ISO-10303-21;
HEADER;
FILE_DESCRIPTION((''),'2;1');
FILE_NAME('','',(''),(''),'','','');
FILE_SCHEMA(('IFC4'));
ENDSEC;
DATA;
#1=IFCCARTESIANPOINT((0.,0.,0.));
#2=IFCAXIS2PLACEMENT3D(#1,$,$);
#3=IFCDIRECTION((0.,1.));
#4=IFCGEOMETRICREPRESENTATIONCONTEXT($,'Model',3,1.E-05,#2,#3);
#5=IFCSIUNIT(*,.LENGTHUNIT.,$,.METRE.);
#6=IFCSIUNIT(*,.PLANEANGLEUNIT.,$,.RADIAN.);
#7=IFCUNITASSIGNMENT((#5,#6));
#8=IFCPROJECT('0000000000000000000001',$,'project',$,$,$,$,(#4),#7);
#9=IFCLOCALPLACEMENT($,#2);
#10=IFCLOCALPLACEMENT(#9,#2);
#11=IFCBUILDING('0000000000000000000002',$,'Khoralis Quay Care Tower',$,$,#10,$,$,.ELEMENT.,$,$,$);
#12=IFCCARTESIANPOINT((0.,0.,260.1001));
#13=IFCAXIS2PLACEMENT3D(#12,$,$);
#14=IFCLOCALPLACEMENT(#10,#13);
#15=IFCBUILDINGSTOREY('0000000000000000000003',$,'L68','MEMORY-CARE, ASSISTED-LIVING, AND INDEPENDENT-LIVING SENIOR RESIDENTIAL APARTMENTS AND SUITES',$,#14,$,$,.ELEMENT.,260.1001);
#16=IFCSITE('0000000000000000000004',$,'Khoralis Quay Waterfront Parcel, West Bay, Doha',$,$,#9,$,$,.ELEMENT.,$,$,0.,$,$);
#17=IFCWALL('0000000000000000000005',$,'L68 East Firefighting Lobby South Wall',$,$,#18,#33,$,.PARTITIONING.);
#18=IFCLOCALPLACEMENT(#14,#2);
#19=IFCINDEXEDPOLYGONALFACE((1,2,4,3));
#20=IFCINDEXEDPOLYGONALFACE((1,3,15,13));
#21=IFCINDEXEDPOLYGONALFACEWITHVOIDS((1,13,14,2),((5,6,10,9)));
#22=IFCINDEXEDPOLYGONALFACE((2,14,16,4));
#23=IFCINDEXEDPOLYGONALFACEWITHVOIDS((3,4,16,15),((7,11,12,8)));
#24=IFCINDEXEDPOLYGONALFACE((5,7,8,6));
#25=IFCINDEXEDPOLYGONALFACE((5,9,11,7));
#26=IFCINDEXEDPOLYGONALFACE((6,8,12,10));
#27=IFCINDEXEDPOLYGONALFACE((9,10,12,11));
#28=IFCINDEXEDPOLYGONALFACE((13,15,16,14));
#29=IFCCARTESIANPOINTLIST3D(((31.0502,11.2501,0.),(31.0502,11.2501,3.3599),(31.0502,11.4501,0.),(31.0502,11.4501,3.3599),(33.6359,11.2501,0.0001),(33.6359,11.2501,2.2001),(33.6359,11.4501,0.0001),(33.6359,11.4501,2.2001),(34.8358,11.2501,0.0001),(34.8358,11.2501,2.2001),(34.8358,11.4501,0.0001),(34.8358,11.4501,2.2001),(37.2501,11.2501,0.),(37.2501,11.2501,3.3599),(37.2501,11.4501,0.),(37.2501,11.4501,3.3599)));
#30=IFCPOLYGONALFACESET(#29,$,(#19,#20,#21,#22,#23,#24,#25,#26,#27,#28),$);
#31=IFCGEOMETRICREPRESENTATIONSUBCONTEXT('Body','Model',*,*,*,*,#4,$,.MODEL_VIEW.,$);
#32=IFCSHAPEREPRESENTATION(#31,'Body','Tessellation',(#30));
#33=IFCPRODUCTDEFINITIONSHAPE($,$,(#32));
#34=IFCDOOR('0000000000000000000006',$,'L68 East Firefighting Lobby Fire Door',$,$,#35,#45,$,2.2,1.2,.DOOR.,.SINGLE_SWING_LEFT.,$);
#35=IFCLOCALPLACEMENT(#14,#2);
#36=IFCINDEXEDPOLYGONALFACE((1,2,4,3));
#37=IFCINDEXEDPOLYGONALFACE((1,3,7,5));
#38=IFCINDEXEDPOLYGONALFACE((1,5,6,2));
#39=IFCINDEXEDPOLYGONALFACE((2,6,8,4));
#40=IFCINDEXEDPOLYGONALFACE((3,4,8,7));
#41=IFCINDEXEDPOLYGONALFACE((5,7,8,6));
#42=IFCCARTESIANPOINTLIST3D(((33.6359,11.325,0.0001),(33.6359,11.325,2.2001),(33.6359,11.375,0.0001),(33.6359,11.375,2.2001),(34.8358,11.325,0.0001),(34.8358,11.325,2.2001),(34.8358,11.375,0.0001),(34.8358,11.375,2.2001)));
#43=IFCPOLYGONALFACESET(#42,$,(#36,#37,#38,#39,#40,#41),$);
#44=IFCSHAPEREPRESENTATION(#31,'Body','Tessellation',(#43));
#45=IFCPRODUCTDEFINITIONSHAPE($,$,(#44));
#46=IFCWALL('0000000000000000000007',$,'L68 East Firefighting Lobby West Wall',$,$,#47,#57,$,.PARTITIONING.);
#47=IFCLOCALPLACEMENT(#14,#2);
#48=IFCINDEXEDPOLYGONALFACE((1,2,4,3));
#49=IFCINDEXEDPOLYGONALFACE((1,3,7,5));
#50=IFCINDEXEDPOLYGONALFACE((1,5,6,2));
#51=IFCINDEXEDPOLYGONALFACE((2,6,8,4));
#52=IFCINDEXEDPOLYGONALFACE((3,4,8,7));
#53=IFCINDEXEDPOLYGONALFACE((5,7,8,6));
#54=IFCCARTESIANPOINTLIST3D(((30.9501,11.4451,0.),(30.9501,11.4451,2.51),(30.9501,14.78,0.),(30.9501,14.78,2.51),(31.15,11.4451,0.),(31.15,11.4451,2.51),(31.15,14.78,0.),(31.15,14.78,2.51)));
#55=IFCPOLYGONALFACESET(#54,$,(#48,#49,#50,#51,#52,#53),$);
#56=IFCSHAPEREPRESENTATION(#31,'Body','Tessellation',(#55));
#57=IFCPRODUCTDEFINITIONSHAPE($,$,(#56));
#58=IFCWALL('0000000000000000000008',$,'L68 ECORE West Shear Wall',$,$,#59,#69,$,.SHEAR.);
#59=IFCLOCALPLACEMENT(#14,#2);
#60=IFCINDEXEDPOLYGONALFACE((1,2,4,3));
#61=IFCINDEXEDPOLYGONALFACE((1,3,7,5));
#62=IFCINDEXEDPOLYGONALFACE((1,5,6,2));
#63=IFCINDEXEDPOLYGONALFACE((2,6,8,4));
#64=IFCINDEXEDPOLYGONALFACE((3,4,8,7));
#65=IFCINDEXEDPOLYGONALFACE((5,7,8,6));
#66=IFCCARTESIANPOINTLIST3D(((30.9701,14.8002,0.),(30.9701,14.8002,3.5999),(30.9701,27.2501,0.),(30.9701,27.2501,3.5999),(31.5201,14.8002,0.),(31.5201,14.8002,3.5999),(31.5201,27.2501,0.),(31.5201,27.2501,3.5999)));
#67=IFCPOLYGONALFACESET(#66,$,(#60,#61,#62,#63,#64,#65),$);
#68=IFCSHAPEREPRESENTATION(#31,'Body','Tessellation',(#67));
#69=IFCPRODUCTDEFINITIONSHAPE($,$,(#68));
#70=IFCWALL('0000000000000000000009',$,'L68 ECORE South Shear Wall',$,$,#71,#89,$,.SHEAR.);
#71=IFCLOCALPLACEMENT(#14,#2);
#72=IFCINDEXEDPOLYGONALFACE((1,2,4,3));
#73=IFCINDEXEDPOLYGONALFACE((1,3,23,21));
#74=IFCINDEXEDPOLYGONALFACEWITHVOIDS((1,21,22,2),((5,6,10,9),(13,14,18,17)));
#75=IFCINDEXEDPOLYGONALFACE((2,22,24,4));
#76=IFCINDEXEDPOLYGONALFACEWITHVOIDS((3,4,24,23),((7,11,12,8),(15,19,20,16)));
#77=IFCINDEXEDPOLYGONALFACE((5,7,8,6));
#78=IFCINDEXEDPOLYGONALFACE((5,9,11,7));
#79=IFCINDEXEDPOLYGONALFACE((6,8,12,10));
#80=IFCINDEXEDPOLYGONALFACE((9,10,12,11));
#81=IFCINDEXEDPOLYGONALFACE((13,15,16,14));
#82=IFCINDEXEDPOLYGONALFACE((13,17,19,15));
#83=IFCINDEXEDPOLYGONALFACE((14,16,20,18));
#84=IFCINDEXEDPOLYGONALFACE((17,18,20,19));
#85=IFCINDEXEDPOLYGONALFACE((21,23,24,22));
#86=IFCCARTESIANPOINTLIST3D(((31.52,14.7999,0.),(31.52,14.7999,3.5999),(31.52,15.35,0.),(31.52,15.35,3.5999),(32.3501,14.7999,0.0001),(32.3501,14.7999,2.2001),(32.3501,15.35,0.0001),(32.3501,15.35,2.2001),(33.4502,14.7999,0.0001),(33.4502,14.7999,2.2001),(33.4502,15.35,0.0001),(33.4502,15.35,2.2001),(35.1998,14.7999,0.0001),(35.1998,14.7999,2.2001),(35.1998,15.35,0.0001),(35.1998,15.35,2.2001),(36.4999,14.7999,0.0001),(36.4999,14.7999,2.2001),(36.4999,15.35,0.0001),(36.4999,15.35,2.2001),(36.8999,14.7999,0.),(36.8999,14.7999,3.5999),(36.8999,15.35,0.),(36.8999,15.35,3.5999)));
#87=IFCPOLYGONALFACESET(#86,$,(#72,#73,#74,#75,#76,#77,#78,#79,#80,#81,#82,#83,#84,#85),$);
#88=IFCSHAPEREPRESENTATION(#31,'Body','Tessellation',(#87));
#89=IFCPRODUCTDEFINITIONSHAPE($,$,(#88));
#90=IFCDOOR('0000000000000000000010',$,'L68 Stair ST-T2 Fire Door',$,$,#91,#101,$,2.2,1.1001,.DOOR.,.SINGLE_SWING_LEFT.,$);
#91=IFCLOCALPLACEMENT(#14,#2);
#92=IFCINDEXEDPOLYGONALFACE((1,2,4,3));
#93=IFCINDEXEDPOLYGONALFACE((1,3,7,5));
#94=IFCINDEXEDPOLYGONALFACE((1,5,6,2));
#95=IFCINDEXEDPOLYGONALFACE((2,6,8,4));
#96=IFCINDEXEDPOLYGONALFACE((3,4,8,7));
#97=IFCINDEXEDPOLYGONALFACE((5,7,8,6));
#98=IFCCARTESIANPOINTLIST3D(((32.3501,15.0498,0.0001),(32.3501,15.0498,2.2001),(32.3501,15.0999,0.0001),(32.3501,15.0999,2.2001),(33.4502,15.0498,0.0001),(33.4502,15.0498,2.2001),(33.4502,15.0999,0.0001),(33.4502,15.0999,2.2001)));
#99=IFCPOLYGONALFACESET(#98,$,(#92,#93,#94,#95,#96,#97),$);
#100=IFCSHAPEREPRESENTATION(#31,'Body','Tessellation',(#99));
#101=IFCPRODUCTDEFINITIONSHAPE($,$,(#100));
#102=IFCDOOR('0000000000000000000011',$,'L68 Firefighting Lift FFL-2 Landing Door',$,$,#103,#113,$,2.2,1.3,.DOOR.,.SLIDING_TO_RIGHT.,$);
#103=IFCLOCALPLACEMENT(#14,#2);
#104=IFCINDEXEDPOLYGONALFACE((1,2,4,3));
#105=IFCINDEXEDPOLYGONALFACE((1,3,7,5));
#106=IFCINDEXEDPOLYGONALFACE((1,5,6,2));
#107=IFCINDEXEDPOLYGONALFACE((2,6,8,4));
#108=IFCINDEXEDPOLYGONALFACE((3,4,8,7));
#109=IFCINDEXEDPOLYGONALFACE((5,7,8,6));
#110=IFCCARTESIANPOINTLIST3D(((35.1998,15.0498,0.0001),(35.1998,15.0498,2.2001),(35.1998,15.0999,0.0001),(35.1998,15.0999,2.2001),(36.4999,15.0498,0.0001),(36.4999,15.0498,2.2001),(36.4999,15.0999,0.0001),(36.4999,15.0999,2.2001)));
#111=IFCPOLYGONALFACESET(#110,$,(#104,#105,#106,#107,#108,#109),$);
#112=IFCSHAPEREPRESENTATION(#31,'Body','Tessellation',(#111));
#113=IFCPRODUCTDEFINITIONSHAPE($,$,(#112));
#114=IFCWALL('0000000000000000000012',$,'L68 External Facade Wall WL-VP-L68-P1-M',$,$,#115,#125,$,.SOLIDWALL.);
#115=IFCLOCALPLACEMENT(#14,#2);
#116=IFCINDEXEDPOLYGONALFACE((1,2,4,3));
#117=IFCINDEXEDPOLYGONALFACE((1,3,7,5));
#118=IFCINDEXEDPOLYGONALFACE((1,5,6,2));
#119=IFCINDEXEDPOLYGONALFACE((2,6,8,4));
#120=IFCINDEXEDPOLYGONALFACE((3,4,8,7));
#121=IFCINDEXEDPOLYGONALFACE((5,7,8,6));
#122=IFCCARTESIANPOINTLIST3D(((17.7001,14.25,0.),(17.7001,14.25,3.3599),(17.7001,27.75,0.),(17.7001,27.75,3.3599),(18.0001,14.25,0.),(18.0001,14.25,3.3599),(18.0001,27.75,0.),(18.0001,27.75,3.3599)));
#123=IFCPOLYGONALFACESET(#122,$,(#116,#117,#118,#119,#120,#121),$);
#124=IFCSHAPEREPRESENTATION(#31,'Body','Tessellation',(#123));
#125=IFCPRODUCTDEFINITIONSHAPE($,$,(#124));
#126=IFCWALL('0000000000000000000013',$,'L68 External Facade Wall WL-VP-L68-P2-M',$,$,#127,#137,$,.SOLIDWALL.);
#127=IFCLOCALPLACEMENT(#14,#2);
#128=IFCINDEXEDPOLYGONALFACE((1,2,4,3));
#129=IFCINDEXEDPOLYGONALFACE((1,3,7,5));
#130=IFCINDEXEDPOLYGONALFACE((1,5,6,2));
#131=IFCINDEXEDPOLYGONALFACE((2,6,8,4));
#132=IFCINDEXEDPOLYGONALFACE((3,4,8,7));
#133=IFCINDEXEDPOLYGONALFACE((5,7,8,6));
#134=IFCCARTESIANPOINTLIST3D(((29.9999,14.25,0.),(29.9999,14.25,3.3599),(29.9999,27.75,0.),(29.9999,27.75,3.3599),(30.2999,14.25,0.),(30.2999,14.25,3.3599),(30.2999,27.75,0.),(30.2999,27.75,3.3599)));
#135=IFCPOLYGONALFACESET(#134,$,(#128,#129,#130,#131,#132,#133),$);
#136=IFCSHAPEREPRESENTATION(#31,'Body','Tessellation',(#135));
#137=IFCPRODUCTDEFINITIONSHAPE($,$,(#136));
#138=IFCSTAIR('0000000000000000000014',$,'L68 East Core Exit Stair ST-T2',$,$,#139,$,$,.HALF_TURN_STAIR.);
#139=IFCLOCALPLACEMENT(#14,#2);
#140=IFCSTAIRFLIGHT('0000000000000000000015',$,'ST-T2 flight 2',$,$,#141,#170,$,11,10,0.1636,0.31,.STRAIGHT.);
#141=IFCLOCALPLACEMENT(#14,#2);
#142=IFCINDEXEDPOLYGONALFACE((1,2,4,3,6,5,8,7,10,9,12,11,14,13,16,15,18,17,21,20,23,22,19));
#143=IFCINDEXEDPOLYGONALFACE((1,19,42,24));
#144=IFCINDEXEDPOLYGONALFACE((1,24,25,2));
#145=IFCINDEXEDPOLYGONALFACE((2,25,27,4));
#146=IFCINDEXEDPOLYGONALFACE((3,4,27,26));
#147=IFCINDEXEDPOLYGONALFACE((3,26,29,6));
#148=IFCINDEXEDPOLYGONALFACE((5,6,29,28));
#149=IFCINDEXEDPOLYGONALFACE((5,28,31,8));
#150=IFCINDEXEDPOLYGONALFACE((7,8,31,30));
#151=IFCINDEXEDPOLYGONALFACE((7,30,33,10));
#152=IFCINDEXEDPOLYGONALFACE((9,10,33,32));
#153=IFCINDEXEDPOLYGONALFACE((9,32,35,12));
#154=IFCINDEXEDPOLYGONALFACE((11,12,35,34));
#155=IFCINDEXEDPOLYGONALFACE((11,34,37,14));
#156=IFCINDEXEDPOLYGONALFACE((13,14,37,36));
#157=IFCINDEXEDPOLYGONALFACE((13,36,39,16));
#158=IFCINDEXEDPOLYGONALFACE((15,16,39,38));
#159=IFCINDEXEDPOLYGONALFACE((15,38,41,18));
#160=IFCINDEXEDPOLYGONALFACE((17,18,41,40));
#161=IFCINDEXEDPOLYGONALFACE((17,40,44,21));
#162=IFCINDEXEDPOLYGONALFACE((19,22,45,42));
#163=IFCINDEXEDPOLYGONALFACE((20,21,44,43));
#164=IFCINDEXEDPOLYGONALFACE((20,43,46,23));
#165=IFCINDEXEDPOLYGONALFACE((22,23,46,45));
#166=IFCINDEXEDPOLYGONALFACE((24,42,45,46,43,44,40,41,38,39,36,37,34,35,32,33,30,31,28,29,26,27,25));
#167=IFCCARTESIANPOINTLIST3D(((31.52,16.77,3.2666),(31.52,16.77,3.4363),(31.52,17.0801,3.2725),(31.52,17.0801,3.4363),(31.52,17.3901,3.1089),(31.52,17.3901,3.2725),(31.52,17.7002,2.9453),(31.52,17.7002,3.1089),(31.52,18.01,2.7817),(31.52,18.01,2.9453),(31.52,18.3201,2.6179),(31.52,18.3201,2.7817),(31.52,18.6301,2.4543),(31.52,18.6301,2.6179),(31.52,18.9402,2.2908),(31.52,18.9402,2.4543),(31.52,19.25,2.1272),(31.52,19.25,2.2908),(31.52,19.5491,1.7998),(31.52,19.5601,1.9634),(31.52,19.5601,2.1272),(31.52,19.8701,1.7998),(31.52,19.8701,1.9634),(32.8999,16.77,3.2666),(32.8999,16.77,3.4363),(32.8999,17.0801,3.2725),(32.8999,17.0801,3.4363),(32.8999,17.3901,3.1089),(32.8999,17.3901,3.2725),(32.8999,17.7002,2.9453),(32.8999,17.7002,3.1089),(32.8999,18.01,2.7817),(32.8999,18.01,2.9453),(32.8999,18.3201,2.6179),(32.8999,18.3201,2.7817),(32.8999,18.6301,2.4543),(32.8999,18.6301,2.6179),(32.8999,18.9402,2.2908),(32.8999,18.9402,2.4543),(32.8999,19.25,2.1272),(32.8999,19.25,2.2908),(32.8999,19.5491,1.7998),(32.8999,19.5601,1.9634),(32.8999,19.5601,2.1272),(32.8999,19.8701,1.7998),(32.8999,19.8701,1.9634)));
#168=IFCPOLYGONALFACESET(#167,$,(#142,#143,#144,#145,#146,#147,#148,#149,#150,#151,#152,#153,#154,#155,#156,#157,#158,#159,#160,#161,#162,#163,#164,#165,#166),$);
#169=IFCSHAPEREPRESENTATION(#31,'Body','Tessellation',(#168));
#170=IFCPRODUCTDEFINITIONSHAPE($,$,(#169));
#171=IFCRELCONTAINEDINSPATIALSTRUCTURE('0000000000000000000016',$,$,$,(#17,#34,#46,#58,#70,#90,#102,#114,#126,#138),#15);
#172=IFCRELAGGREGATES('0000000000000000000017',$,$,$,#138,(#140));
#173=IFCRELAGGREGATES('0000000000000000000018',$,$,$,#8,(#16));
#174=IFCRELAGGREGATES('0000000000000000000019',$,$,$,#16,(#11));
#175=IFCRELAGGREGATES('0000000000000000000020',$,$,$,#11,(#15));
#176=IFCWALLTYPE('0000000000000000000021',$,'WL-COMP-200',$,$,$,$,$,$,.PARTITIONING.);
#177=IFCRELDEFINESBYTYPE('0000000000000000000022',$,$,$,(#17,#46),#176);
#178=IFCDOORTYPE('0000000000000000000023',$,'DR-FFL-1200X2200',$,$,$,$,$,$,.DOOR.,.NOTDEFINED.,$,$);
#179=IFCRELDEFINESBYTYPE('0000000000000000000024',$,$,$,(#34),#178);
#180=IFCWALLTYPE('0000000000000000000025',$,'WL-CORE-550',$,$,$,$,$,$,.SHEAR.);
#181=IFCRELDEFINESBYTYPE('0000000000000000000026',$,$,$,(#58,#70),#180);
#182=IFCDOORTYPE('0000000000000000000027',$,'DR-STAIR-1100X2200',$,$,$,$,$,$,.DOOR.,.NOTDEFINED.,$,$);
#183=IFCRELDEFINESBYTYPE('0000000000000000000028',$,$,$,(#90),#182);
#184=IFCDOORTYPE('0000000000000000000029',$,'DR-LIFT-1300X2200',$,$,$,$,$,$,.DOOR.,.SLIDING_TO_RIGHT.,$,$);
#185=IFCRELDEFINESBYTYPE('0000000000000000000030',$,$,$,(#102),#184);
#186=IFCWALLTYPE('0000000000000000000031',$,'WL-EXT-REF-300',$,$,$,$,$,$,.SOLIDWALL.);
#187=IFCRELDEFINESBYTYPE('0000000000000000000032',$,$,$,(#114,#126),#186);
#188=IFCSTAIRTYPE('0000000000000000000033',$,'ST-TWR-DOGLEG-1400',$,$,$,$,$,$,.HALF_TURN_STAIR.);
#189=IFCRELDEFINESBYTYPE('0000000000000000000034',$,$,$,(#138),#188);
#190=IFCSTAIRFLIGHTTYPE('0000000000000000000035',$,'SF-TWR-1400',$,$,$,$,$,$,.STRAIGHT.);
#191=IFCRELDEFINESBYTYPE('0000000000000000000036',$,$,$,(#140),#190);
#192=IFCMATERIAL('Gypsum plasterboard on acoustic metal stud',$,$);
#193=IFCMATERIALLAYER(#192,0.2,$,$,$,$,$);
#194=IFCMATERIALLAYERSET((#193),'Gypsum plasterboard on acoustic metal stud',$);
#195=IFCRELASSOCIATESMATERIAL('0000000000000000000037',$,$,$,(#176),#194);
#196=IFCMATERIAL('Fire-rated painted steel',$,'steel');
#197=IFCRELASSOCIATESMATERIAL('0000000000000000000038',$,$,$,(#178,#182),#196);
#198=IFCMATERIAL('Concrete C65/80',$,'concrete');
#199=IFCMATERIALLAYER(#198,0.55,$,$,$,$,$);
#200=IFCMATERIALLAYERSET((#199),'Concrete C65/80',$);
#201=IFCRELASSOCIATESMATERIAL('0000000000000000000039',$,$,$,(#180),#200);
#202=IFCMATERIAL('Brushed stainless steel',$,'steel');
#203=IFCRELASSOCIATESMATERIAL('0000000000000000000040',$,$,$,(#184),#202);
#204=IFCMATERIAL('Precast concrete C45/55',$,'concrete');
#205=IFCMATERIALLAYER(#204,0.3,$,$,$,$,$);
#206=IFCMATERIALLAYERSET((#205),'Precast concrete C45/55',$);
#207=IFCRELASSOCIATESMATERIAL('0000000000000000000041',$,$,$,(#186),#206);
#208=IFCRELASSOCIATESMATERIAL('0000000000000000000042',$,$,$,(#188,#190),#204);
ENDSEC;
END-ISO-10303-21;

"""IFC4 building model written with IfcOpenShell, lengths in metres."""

from ifc_helpers import new_model, si_unit, direction, frame, frame_2d, origin, place, context, subcontext, project, spatial, polyline, rectangle, outline, extrude, source, transform, mapped, material, layer, layer_set, type_object, element, fill, aggregate, save


model = new_model("IFC4")

# Units and contexts
model_context = context("Model", 3, precision=1e-05, world=origin(), true_north=direction((0.0, 1.0)))
body_context = subcontext(model_context, "Body", "Model", "MODEL_VIEW")
ifc_project = project(units=[si_unit("LENGTHUNIT", "METRE"), si_unit("PLANEANGLEUNIT", "RADIAN")], contexts=[model_context])

# Site, building, storey
site_placement = place(None, origin())
site = spatial("IfcSite", under=ifc_project, at=site_placement, Name="Khoralis Quay Waterfront Parcel, West Bay, Doha", CompositionType="ELEMENT", RefElevation=0.0)
building_placement = place(site_placement, origin())
building = spatial("IfcBuilding", under=site, at=building_placement, Name="Khoralis Quay Care Tower", CompositionType="ELEMENT")
storey_placement = place(building_placement, frame((0.0, 0.0, 260.1001)))
storey = spatial("IfcBuildingStorey", under=building, at=storey_placement, Name="L68", Description="MEMORY-CARE, ASSISTED-LIVING, AND INDEPENDENT-LIVING SENIOR RESIDENTIAL APARTMENTS AND SUITES", CompositionType="ELEMENT", Elevation=260.1001)

# Wall, opening, door
ifc_material_1 = material(Name="Gypsum plasterboard on acoustic metal stud")
ifc_layer_1 = layer(ifc_material_1, 0.2)
ifc_layer_set_1 = layer_set([ifc_layer_1], Name="Gypsum plasterboard on acoustic metal stud")
wall_type_1 = type_object("IfcWallType", Name="WL-COMP-200", PredefinedType="PARTITIONING", material=ifc_layer_set_1)
wall_1_placement = place(storey_placement, frame((31.05, 11.3501, 0.0), z_axis=(0.0, 0.0, 1.0), x_axis=(1.0, 0.0, 0.0)))
wall_1 = element("IfcWall", 1, at=wall_1_placement, inside=storey, type_object=wall_type_1, Name="L68 East Firefighting Lobby South Wall", PredefinedType="PARTITIONING", context=body_context, shape_type="SweptSolid", body=[
    extrude(rectangle(XDim=6.2, YDim=0.2, at=frame_2d((3.1001, 0.0))), origin(), (0.0, 0.0, 1.0), 3.3599),
])
opening_1_placement = place(wall_1_placement, frame((2.5857, 0.0, 0.0)))
opening_1 = element("IfcOpeningElement", 2, at=opening_1_placement, cuts=wall_1, PredefinedType="OPENING", context=body_context, shape_type="SweptSolid", body=[
    extrude(rectangle(XDim=1.2, YDim=2.2, at=frame_2d((0.6001, 1.1001))), frame((0.0, 0.1099, 0.0), z_axis=(0.0, -1.0, 0.0), x_axis=(1.0, 0.0, 0.0)), (0.0, 0.0, 1.0), 0.22),
])
ifc_material_2 = material(Name="Fire-rated painted steel", Category="steel")
door_type_1 = type_object("IfcDoorType", Name="DR-FFL-1200X2200", OperationType="NOTDEFINED", PredefinedType="DOOR", material=ifc_material_2)
shared_shape_1 = source(origin(), body_context, "Body", "SweptSolid", [
    extrude(rectangle(XDim=1.2, YDim=2.2, at=frame_2d((0.6001, 1.1001))), frame((0.0, 0.0249, 0.0), z_axis=(0.0, -1.0, 0.0), x_axis=(1.0, 0.0, 0.0)), (0.0, 0.0, 1.0), 0.05),
])
door_1_placement = place(opening_1_placement, origin())
door_1 = element("IfcDoor", 3, at=door_1_placement, inside=storey, type_object=door_type_1, Name="L68 East Firefighting Lobby Fire Door", OperationType="SINGLE_SWING_LEFT", OverallHeight=2.2, OverallWidth=1.2, PredefinedType="DOOR", context=body_context, shape_type="MappedRepresentation", body=[
    mapped(shared_shape_1, transform((0.0, 0.0, 0.0), scale=1.0)),
])
fill(opening_1, door_1)

# Walls
wall_2_placement = place(storey_placement, frame((31.05, 11.4451, 0.0), z_axis=(0.0, 0.0, 1.0), x_axis=(0.0, 1.0, 0.0)))
element("IfcWall", 4, at=wall_2_placement, inside=storey, type_object=wall_type_1, Name="L68 East Firefighting Lobby West Wall", PredefinedType="PARTITIONING", context=body_context, shape_type="SweptSolid", body=[
    extrude(rectangle(XDim=3.335, YDim=0.2, at=frame_2d((1.6675, 0.0))), origin(), (0.0, 0.0, 1.0), 2.51),
])
ifc_material_3 = material(Name="Concrete C65/80", Category="concrete")
ifc_layer_2 = layer(ifc_material_3, 0.55)
ifc_layer_set_2 = layer_set([ifc_layer_2], Name="Concrete C65/80")
wall_type_2 = type_object("IfcWallType", Name="WL-CORE-550", PredefinedType="SHEAR", material=ifc_layer_set_2)
wall_3_placement = place(storey_placement, frame((31.2451, 14.8, 0.0), z_axis=(0.0, 0.0, 1.0), x_axis=(0.0, 1.0, 0.0)))
element("IfcWall", 5, at=wall_3_placement, inside=storey, type_object=wall_type_2, Name="L68 ECORE West Shear Wall", PredefinedType="SHEAR", context=body_context, shape_type="SweptSolid", body=[
    extrude(rectangle(XDim=12.45, YDim=0.55, at=frame_2d((6.2251, 0.0))), origin(), (0.0, 0.0, 1.0), 3.5999),
])

# Wall, openings, doors
wall_4_placement = place(storey_placement, frame((31.52, 15.075, 0.0), z_axis=(0.0, 0.0, 1.0), x_axis=(1.0, 0.0, 0.0)))
wall_4 = element("IfcWall", 6, at=wall_4_placement, inside=storey, type_object=wall_type_2, Name="L68 ECORE South Shear Wall", PredefinedType="SHEAR", context=body_context, shape_type="SweptSolid", body=[
    extrude(rectangle(XDim=5.3799, YDim=0.55, at=frame_2d((2.6899, 0.0))), origin(), (0.0, 0.0, 1.0), 3.5999),
])
opening_2_placement = place(wall_4_placement, frame((0.8301, 0.0, 0.0)))
opening_2 = element("IfcOpeningElement", 7, at=opening_2_placement, cuts=wall_4, PredefinedType="OPENING", context=body_context, shape_type="SweptSolid", body=[
    extrude(rectangle(XDim=1.1001, YDim=2.2, at=frame_2d((0.55, 1.1001))), frame((0.0, 0.2852, 0.0), z_axis=(0.0, -1.0, 0.0), x_axis=(1.0, 0.0, 0.0)), (0.0, 0.0, 1.0), 0.5701),
])
opening_3_placement = place(wall_4_placement, frame((3.6799, 0.0, 0.0)))
opening_3 = element("IfcOpeningElement", 8, at=opening_3_placement, cuts=wall_4, PredefinedType="OPENING", context=body_context, shape_type="SweptSolid", body=[
    extrude(rectangle(XDim=1.3, YDim=2.2, at=frame_2d((0.6499, 1.1001))), frame((0.0, 0.2852, 0.0), z_axis=(0.0, -1.0, 0.0), x_axis=(1.0, 0.0, 0.0)), (0.0, 0.0, 1.0), 0.5701),
])
door_type_2 = type_object("IfcDoorType", Name="DR-STAIR-1100X2200", OperationType="NOTDEFINED", PredefinedType="DOOR", material=ifc_material_2)
shared_shape_2 = source(origin(), body_context, "Body", "SweptSolid", [
    extrude(rectangle(XDim=1.1001, YDim=2.2, at=frame_2d((0.55, 1.1001))), frame((0.0, 0.0249, 0.0), z_axis=(0.0, -1.0, 0.0), x_axis=(1.0, 0.0, 0.0)), (0.0, 0.0, 1.0), 0.05),
])
door_2_placement = place(opening_2_placement, origin())
door_2 = element("IfcDoor", 9, at=door_2_placement, inside=storey, type_object=door_type_2, Name="L68 Stair ST-T2 Fire Door", OperationType="SINGLE_SWING_LEFT", OverallHeight=2.2, OverallWidth=1.1001, PredefinedType="DOOR", context=body_context, shape_type="MappedRepresentation", body=[
    mapped(shared_shape_2, transform((0.0, 0.0, 0.0), scale=1.0)),
])
fill(opening_2, door_2)
ifc_material_4 = material(Name="Brushed stainless steel", Category="steel")
door_type_3 = type_object("IfcDoorType", Name="DR-LIFT-1300X2200", OperationType="SLIDING_TO_RIGHT", PredefinedType="DOOR", material=ifc_material_4)
shared_shape_3 = source(origin(), body_context, "Body", "SweptSolid", [
    extrude(rectangle(XDim=1.3, YDim=2.2, at=frame_2d((0.6499, 1.1001))), frame((0.0, 0.0249, 0.0), z_axis=(0.0, -1.0, 0.0), x_axis=(1.0, 0.0, 0.0)), (0.0, 0.0, 1.0), 0.05),
])
door_3_placement = place(opening_3_placement, origin())
door_3 = element("IfcDoor", 10, at=door_3_placement, inside=storey, type_object=door_type_3, Name="L68 Firefighting Lift FFL-2 Landing Door", OperationType="SLIDING_TO_RIGHT", OverallHeight=2.2, OverallWidth=1.3, PredefinedType="DOOR", context=body_context, shape_type="MappedRepresentation", body=[
    mapped(shared_shape_3, transform((0.0, 0.0, 0.0), scale=1.0)),
])
fill(opening_3, door_3)

# Walls
ifc_material_5 = material(Name="Precast concrete C45/55", Category="concrete")
ifc_layer_3 = layer(ifc_material_5, 0.3)
ifc_layer_set_3 = layer_set([ifc_layer_3], Name="Precast concrete C45/55")
wall_type_3 = type_object("IfcWallType", Name="WL-EXT-REF-300", PredefinedType="SOLIDWALL", material=ifc_layer_set_3)
for number, where, z_axis, x_axis, name in (
    (11, (17.8501, 14.25, 0.0), (0.0, 0.0, 1.0), (0.0, 1.0, 0.0), "L68 External Facade Wall WL-VP-L68-P1-M"),
    (12, (30.1499, 14.25, 0.0), (0.0, 0.0, 1.0), (0.0, 1.0, 0.0), "L68 External Facade Wall WL-VP-L68-P2-M"),
):
    element("IfcWall", number, at=place(storey_placement, frame(where, z_axis=z_axis, x_axis=x_axis)), inside=storey, type_object=wall_type_3, Name=name, PredefinedType="SOLIDWALL", context=body_context, shape_type="SweptSolid", body=[
        extrude(rectangle(XDim=13.5, YDim=0.3, at=frame_2d((6.75, 0.0))), origin(), (0.0, 0.0, 1.0), 3.3599),
    ])

# Stair, stair flight
stair_type = type_object("IfcStairType", Name="ST-TWR-DOGLEG-1400", PredefinedType="HALF_TURN_STAIR", material=ifc_material_5)
stair_placement = place(storey_placement, origin())
stair = element("IfcStair", 13, at=stair_placement, inside=storey, type_object=stair_type, Name="L68 East Core Exit Stair ST-T2", PredefinedType="HALF_TURN_STAIR")
stair_flight_type = type_object("IfcStairFlightType", Name="SF-TWR-1400", PredefinedType="STRAIGHT", material=ifc_material_5)
shared_shape_4 = source(origin(), body_context, "Body", "SweptSolid", [
    extrude(outline(polyline([(0.0, 0.0), (0.0, 0.1636), (0.3101, 0.1636), (0.3101, 0.3274), (0.6201, 0.3274), (0.6201, 0.491), (0.9299, 0.491), (0.9299, 0.6545), (1.24, 0.6545), (1.24, 0.8181), (1.55, 0.8181), (1.55, 0.9819), (1.8601, 0.9819), (1.8601, 1.1455), (2.1699, 1.1455), (2.1699, 1.3091), (2.48, 1.3091), (2.48, 1.4727), (2.79, 1.4727), (2.79, 1.6365), (3.1001, 1.6365), (3.1001, 1.8), (3.1001, 1.4668), (0.321, 0.0), (0.0, 0.0)])), frame((0.0, 0.6899, 0.0), z_axis=(0.0, -1.0, 0.0), x_axis=(1.0, 0.0, 0.0)), (0.0, 0.0, 1.0), 1.3799),
])
stair_flight_placement = place(storey_placement, frame((32.21, 19.8701, 1.7998), z_axis=(0.0, 0.0, 1.0), x_axis=(0.0, -1.0, 0.0)))
stair_flight = element("IfcStairFlight", 14, at=stair_flight_placement, type_object=stair_flight_type, Name="ST-T2 flight 2", NumberOfRisers=11, NumberOfTreads=10, PredefinedType="STRAIGHT", RiserHeight=0.1636, TreadLength=0.31, context=body_context, shape_type="MappedRepresentation", body=[
    mapped(shared_shape_4, transform((0.0, 0.0, 0.0), scale=1.0)),
])
aggregate(stair, [stair_flight])

save(model, "model.ifc")
